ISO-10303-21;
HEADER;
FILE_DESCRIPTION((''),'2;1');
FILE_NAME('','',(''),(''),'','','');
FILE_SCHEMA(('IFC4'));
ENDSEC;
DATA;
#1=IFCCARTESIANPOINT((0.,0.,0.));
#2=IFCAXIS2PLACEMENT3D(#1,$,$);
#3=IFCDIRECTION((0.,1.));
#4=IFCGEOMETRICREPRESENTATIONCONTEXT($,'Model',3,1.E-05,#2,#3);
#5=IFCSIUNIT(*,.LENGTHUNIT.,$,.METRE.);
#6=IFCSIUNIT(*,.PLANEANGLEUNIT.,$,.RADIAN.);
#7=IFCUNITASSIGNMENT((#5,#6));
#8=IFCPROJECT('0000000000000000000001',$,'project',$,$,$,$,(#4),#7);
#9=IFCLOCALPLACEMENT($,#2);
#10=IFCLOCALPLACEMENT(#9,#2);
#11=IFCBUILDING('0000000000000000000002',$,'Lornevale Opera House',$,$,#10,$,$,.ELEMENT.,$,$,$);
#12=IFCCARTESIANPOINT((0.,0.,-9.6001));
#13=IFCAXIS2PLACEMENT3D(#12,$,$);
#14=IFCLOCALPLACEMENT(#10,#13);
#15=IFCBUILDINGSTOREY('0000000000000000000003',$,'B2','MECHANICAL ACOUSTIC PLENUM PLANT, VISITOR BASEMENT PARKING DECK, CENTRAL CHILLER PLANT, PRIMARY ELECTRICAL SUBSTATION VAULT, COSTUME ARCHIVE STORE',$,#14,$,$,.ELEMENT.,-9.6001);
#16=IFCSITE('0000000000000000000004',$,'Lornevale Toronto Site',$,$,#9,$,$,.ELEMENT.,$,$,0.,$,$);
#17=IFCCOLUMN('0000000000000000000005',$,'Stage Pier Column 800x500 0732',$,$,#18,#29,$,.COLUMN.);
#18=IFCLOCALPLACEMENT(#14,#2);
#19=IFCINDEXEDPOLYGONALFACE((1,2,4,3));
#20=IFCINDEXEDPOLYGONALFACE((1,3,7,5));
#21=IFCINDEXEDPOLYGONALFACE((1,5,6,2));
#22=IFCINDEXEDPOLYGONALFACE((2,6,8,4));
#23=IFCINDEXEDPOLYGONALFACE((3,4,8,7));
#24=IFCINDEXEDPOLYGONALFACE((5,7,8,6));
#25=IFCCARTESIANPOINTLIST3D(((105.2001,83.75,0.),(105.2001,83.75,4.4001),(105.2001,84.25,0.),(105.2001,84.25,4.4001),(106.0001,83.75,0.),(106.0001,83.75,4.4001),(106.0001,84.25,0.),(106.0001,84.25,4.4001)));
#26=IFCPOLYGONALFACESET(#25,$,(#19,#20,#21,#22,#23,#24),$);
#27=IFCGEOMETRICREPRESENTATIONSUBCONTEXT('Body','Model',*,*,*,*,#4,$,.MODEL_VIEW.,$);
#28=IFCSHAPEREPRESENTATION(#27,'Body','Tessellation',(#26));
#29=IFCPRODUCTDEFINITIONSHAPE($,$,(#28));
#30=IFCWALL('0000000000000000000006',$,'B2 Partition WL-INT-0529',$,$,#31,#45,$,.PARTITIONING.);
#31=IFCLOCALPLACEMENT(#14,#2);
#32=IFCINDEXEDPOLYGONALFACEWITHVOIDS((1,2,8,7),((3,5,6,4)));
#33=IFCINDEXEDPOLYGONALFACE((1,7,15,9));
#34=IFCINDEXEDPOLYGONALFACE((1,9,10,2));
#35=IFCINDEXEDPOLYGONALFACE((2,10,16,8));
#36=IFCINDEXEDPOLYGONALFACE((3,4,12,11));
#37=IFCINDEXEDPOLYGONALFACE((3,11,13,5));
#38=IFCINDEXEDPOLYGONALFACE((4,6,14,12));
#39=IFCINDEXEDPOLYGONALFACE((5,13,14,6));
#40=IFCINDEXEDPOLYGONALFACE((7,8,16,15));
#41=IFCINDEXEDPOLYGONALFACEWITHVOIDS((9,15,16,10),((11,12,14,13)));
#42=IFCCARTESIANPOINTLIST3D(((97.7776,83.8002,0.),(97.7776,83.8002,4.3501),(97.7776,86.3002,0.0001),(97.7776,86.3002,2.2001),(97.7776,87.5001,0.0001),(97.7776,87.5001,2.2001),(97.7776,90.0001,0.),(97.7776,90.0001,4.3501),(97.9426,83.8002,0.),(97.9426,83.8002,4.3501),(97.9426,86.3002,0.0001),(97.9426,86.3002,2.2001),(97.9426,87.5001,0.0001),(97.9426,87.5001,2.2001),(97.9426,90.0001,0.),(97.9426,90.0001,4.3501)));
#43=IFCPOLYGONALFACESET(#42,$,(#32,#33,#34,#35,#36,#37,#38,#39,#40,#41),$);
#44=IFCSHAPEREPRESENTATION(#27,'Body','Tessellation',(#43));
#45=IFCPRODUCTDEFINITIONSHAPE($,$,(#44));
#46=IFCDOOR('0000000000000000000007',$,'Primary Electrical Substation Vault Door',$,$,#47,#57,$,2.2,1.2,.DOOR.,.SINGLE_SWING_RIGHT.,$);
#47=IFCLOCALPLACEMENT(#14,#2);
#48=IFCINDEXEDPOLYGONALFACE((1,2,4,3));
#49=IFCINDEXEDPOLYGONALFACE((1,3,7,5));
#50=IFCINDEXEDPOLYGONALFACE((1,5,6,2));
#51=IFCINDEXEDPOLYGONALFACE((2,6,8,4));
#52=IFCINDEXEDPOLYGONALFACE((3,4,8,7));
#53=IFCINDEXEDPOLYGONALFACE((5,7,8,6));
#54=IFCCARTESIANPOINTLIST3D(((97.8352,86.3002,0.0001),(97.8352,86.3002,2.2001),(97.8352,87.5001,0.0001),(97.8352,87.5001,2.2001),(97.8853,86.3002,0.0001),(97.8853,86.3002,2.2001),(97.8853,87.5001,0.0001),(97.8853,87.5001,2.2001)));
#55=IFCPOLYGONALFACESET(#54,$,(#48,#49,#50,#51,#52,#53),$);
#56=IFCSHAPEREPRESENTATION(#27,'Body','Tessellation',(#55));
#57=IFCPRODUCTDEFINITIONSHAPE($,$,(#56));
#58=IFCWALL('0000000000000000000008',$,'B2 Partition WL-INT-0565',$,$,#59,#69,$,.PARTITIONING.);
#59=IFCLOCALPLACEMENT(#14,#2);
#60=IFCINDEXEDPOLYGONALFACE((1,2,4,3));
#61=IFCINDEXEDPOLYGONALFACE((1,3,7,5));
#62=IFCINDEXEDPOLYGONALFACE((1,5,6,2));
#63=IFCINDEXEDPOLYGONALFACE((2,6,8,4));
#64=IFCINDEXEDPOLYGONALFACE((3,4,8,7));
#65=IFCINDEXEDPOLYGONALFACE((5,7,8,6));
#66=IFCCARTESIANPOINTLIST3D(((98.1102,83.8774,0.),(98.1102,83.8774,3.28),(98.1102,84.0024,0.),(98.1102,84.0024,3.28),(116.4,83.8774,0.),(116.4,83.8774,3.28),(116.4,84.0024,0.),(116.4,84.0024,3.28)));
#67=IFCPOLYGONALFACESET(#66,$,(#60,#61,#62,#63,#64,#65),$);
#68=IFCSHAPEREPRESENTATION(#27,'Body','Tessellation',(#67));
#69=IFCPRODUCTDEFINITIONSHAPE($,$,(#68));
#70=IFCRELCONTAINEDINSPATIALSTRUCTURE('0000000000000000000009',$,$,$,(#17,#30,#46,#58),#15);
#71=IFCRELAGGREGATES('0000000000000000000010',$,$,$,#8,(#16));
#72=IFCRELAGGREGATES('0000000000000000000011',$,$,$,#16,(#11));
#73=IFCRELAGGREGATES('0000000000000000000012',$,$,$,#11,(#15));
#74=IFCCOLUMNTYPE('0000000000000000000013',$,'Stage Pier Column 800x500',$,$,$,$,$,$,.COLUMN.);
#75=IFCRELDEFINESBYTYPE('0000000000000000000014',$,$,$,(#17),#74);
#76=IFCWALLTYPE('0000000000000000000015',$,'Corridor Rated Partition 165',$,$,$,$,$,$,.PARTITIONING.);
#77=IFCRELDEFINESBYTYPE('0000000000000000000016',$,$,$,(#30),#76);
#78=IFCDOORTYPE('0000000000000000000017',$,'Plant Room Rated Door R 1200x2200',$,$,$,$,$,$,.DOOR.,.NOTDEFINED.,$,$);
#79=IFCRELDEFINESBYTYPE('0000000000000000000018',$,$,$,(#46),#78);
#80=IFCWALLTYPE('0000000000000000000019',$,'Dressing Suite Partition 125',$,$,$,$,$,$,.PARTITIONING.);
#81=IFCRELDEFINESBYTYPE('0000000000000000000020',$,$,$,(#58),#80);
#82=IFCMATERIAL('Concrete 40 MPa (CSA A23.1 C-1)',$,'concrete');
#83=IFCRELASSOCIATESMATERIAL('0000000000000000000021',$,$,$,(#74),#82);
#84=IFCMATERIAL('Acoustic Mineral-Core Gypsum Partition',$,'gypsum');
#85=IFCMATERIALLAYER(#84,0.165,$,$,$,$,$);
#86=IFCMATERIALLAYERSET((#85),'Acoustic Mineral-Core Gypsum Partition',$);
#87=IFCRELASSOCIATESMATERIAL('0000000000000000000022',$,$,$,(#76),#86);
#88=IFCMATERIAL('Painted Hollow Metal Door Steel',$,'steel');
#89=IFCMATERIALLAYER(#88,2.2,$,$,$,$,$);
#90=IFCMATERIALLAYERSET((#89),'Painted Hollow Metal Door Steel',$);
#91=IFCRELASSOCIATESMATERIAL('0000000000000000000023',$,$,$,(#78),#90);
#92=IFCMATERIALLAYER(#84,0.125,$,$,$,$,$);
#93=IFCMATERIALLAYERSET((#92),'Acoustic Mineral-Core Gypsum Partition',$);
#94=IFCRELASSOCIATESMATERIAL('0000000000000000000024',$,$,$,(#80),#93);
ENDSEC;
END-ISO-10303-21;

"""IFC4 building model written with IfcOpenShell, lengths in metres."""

from ifc_helpers import new_model, si_unit, direction, frame, frame_2d, origin, origin_2d, place, context, subcontext, project, spatial, rectangle, extrude, material, layer, layer_set, material_profile, profile_set, type_object, element, fill, save


model = new_model("IFC4")

# Units and contexts
model_context = context("Model", 3, precision=1e-05, world=origin(), true_north=direction((0.0, 1.0)))
body_context = subcontext(model_context, "Body", "Model", "MODEL_VIEW")
ifc_project = project(units=[si_unit("LENGTHUNIT", "METRE"), si_unit("PLANEANGLEUNIT", "RADIAN")], contexts=[model_context])

# Site, building, storey
site_placement = place(None, origin())
site = spatial("IfcSite", under=ifc_project, at=site_placement, Name="Lornevale Toronto Site", CompositionType="ELEMENT", RefElevation=0.0)
building_placement = place(site_placement, origin())
building = spatial("IfcBuilding", under=site, at=building_placement, Name="Lornevale Opera House", CompositionType="ELEMENT")
storey_placement = place(building_placement, frame((0.0, 0.0, -9.6001)))
storey = spatial("IfcBuildingStorey", under=building, at=storey_placement, Name="B2", Description="MECHANICAL ACOUSTIC PLENUM PLANT, VISITOR BASEMENT PARKING DECK, CENTRAL CHILLER PLANT, PRIMARY ELECTRICAL SUBSTATION VAULT, COSTUME ARCHIVE STORE", CompositionType="ELEMENT", Elevation=-9.6001)

# Shared definitions
ifc_material_1 = material(Name="Concrete 40 MPa (CSA A23.1 C-1)", Category="concrete")

# Column
ifc_material_profile_1 = material_profile(ifc_material_1, rectangle(XDim=0.8, YDim=0.5, at=origin_2d()), Name="RC800x500")
ifc_profile_set_1 = profile_set([ifc_material_profile_1], Name="Concrete 40 MPa (CSA A23.1 C-1)")
column_type_1 = type_object("IfcColumnType", Name="Stage Pier Column 800x500", PredefinedType="COLUMN", material=ifc_profile_set_1)
column_placement = place(storey_placement, frame((105.6001, 84.0, 0.0), z_axis=(0.0, 0.0, 1.0), x_axis=(1.0, 0.0, 0.0)))
element("IfcColumn", 1, at=column_placement, inside=storey, type_object=column_type_1, Name="Stage Pier Column 800x500 0732", PredefinedType="COLUMN", context=body_context, shape_type="SweptSolid", body=[
    extrude(rectangle(XDim=0.8, YDim=0.5, at=origin_2d()), origin(), (0.0, 0.0, 1.0), 4.4001),
])

# Wall, opening, door
ifc_material_2 = material(Name="Acoustic Mineral-Core Gypsum Partition", Category="gypsum")
ifc_layer_1 = layer(ifc_material_2, 0.165)
ifc_layer_set_1 = layer_set([ifc_layer_1], Name="Acoustic Mineral-Core Gypsum Partition")
wall_type_1 = type_object("IfcWallType", Name="Corridor Rated Partition 165", PredefinedType="PARTITIONING", material=ifc_layer_set_1)
wall_1_placement = place(storey_placement, frame((97.8601, 83.8, 0.0), z_axis=(0.0, 0.0, 1.0), x_axis=(0.0, 1.0, 0.0)))
wall_1 = element("IfcWall", 2, at=wall_1_placement, inside=storey, type_object=wall_type_1, Name="B2 Partition WL-INT-0529", PredefinedType="PARTITIONING", context=body_context, shape_type="SweptSolid", body=[
    extrude(rectangle(XDim=6.2, YDim=0.165, at=frame_2d((3.1001, 0.0))), origin(), (0.0, 0.0, 1.0), 4.3501),
])
opening_placement = place(wall_1_placement, frame((2.5, 0.0, 0.0)))
opening = element("IfcOpeningElement", 3, at=opening_placement, cuts=wall_1, PredefinedType="OPENING", context=body_context, shape_type="SweptSolid", body=[
    extrude(rectangle(XDim=1.2, YDim=2.2, at=frame_2d((0.6001, 1.1001))), frame((0.0, 0.0925, 0.0), z_axis=(0.0, -1.0, 0.0), x_axis=(1.0, 0.0, 0.0)), (0.0, 0.0, 1.0), 0.1851),
])
ifc_material_3 = material(Name="Painted Hollow Metal Door Steel", Category="steel")
ifc_layer_2 = layer(ifc_material_3, 2.2)
ifc_layer_set_2 = layer_set([ifc_layer_2], Name="Painted Hollow Metal Door Steel")
door_type = type_object("IfcDoorType", Name="Plant Room Rated Door R 1200x2200", OperationType="NOTDEFINED", PredefinedType="DOOR", material=ifc_layer_set_2)
door_placement = place(opening_placement, origin())
door = element("IfcDoor", 4, at=door_placement, inside=storey, type_object=door_type, Name="Primary Electrical Substation Vault Door", OperationType="SINGLE_SWING_RIGHT", OverallHeight=2.2, OverallWidth=1.2, PredefinedType="DOOR", context=body_context, shape_type="SweptSolid", body=[
    extrude(rectangle(XDim=1.2, YDim=2.2, at=frame_2d((0.6001, 1.1001))), frame((0.0, 0.0249, 0.0), z_axis=(0.0, -1.0, 0.0), x_axis=(1.0, 0.0, 0.0)), (0.0, 0.0, 1.0), 0.05),
])
fill(opening, door)

# Wall
ifc_layer_3 = layer(ifc_material_2, 0.125)
ifc_layer_set_3 = layer_set([ifc_layer_3], Name="Acoustic Mineral-Core Gypsum Partition")
wall_type_2 = type_object("IfcWallType", Name="Dressing Suite Partition 125", PredefinedType="PARTITIONING", material=ifc_layer_set_3)
wall_2_placement = place(storey_placement, frame((98.1101, 83.9399, 0.0), z_axis=(0.0, 0.0, 1.0), x_axis=(1.0, 0.0, 0.0)))
element("IfcWall", 5, at=wall_2_placement, inside=storey, type_object=wall_type_2, Name="B2 Partition WL-INT-0565", PredefinedType="PARTITIONING", context=body_context, shape_type="SweptSolid", body=[
    extrude(rectangle(XDim=18.2898, YDim=0.125, at=frame_2d((9.145, 0.0))), origin(), (0.0, 0.0, 1.0), 3.28),
])

save(model, "model.ifc")
